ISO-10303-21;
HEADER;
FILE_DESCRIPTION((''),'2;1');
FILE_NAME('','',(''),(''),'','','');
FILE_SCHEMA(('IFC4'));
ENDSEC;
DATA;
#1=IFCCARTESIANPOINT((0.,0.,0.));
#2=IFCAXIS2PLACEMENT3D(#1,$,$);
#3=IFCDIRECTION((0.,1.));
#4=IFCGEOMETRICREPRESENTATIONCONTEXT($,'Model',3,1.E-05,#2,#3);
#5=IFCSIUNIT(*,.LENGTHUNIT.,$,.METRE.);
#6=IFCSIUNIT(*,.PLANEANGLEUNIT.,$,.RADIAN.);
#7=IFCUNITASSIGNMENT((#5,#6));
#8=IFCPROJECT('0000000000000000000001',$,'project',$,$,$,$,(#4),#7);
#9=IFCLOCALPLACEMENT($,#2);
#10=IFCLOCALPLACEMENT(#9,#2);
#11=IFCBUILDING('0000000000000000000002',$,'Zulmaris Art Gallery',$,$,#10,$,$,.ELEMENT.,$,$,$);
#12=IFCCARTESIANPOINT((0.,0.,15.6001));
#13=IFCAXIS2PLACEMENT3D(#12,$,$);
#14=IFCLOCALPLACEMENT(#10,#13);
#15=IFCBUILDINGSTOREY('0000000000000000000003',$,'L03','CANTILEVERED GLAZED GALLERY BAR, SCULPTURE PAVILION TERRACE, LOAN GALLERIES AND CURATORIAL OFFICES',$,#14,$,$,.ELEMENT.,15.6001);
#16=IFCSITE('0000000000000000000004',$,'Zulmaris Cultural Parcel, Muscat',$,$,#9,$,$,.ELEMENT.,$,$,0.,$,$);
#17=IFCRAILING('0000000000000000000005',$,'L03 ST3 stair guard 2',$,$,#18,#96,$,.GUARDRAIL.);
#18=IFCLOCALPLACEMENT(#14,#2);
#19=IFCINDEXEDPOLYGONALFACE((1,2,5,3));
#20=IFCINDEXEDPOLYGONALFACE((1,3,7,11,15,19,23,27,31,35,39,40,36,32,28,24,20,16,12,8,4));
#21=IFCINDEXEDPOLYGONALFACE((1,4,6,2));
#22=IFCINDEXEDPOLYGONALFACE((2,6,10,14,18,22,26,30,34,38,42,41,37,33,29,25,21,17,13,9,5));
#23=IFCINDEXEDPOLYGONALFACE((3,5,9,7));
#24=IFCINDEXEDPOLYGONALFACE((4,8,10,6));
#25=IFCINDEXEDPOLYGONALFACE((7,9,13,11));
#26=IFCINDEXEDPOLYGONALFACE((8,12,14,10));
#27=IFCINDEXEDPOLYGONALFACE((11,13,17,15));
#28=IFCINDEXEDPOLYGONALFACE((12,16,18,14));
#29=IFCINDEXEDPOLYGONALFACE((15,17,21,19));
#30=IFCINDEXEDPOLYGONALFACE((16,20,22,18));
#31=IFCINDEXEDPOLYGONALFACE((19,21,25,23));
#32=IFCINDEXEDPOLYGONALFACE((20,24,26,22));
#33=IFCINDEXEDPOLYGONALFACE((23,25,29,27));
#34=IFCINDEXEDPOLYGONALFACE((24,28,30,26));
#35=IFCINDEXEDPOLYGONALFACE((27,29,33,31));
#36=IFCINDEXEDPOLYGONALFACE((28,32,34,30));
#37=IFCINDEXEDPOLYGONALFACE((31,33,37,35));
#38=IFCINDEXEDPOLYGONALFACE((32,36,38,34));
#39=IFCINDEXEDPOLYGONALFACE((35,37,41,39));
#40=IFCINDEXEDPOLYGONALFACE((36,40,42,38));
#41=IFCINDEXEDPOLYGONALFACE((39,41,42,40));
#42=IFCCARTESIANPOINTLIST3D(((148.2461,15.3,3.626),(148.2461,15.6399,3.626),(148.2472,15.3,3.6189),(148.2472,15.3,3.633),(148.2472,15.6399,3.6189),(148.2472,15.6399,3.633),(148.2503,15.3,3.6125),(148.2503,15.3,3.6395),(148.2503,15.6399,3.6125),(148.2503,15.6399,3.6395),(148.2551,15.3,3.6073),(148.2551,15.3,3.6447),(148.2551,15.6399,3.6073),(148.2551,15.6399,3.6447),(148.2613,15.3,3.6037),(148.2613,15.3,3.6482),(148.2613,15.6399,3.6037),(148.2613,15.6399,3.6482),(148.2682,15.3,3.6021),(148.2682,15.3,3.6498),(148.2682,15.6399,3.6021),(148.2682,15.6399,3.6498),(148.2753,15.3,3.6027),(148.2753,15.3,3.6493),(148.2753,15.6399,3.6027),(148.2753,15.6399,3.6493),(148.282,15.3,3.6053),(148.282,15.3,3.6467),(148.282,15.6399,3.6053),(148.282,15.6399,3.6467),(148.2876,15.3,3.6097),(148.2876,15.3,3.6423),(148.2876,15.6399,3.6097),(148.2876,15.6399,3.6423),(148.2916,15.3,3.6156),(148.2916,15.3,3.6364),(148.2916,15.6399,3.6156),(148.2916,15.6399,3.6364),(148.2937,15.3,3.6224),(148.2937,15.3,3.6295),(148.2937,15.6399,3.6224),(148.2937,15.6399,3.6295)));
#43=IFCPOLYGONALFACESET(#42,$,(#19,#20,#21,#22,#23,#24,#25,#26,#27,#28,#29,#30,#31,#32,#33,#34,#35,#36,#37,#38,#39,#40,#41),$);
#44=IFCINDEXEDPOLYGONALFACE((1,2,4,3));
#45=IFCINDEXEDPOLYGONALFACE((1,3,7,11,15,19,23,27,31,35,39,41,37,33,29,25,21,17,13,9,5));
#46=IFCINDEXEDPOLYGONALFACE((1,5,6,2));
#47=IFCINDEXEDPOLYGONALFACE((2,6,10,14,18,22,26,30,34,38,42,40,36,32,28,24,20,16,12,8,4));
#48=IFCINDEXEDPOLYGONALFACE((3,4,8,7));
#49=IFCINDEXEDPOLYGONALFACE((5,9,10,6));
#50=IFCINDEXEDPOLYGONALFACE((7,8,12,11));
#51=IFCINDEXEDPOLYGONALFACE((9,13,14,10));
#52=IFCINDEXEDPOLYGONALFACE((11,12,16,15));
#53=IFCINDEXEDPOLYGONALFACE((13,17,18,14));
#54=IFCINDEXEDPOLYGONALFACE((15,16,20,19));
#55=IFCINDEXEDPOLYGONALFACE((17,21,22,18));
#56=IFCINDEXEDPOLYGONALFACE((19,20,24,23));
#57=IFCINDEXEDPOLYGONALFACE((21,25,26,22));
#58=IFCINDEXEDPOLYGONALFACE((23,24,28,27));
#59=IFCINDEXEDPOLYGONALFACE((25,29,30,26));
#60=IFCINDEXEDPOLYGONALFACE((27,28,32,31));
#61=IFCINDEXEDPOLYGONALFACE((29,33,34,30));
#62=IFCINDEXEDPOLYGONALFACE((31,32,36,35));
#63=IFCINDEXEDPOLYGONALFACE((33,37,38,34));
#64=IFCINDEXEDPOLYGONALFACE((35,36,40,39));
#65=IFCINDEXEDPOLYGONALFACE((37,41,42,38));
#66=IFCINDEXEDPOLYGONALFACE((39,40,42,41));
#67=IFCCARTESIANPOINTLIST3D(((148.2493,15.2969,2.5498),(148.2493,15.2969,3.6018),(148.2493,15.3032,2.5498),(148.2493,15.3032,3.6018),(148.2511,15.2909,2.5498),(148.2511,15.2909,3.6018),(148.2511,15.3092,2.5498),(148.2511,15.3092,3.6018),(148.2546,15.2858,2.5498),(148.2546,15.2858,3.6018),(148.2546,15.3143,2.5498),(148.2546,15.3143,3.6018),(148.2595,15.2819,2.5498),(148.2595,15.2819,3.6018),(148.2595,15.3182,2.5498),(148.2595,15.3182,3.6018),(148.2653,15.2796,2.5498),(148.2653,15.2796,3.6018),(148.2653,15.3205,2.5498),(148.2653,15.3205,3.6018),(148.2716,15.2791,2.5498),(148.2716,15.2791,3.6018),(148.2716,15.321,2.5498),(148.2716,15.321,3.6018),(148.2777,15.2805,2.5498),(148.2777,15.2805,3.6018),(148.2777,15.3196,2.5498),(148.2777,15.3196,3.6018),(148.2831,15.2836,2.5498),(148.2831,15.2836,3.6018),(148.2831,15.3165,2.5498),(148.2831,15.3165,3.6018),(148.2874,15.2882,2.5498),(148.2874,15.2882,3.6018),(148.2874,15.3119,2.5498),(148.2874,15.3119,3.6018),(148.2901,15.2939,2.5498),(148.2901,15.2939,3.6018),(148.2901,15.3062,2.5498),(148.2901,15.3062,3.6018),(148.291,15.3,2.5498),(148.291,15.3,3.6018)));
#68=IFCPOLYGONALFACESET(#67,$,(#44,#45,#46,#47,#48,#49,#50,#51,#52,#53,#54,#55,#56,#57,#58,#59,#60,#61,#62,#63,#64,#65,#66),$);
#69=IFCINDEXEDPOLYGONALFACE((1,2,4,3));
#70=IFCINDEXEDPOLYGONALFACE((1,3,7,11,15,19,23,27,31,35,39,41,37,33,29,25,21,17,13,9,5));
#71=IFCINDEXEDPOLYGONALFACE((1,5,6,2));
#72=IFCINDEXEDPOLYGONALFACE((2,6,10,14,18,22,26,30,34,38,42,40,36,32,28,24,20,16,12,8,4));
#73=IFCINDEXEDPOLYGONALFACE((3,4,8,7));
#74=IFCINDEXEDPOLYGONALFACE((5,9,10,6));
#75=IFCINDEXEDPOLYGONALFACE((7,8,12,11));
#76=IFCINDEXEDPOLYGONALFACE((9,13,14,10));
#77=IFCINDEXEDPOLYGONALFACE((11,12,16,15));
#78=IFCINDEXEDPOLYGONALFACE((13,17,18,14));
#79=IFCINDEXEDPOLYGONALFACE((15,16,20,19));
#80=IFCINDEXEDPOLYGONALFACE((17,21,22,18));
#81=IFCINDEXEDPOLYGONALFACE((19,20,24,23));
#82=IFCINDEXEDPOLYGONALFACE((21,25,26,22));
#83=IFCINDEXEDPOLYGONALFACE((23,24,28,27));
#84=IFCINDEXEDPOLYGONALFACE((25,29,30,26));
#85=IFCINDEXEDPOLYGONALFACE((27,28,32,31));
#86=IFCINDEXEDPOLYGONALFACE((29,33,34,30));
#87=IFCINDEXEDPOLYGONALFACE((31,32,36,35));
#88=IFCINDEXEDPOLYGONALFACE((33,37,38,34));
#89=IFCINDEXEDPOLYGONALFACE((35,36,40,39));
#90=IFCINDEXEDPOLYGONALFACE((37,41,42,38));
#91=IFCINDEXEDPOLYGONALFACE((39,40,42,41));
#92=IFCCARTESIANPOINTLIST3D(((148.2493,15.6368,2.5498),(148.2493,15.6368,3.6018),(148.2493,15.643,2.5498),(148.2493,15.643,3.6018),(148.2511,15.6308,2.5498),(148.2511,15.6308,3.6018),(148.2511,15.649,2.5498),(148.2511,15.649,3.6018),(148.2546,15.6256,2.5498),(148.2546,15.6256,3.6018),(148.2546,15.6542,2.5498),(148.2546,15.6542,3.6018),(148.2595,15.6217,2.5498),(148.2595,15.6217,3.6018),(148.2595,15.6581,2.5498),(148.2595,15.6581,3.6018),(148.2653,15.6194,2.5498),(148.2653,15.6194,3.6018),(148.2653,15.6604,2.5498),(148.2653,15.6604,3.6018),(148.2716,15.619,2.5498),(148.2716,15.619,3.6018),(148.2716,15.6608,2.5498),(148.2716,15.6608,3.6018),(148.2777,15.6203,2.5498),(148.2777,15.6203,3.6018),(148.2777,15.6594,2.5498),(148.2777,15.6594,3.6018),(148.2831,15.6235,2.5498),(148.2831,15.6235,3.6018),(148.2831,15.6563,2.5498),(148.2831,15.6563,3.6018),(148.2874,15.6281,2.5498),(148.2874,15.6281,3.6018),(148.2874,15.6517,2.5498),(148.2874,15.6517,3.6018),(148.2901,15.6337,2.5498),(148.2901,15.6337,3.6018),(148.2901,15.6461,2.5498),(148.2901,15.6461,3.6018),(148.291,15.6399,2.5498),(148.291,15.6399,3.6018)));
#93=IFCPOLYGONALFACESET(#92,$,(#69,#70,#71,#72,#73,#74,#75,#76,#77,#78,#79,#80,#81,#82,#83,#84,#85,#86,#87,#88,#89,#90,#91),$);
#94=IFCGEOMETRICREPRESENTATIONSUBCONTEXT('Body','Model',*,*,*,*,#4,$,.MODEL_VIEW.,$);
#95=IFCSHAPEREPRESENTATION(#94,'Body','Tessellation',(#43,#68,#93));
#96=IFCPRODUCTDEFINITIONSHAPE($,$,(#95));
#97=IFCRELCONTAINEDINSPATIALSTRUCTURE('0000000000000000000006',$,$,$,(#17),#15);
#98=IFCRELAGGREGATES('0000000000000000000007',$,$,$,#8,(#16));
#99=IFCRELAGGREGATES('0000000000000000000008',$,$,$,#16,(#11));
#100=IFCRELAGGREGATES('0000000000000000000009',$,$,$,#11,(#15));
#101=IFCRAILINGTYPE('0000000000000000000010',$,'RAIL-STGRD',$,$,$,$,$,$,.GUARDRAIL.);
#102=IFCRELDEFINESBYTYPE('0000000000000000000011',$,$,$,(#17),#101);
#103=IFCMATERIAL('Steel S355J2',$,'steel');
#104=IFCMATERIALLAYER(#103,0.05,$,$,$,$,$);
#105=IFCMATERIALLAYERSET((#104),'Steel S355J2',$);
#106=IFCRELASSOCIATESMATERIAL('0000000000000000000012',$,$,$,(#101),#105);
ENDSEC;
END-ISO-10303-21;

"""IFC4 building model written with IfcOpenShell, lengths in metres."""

from ifc_helpers import new_model, si_unit, direction, frame, origin, origin_2d, place, context, subcontext, project, spatial, circle, extrude, material, layer, layer_set, type_object, element, save


model = new_model("IFC4")

# Units and contexts
model_context = context("Model", 3, precision=1e-05, world=origin(), true_north=direction((0.0, 1.0)))
body_context = subcontext(model_context, "Body", "Model", "MODEL_VIEW")
ifc_project = project(units=[si_unit("LENGTHUNIT", "METRE"), si_unit("PLANEANGLEUNIT", "RADIAN")], contexts=[model_context])

# Site, building, storey
site_placement = place(None, origin())
site = spatial("IfcSite", under=ifc_project, at=site_placement, Name="Zulmaris Cultural Parcel, Muscat", CompositionType="ELEMENT", RefElevation=0.0)
building_placement = place(site_placement, origin())
building = spatial("IfcBuilding", under=site, at=building_placement, Name="Zulmaris Art Gallery", CompositionType="ELEMENT")
storey_placement = place(building_placement, frame((0.0, 0.0, 15.6001)))
storey = spatial("IfcBuildingStorey", under=building, at=storey_placement, Name="L03", Description="CANTILEVERED GLAZED GALLERY BAR, SCULPTURE PAVILION TERRACE, LOAN GALLERIES AND CURATORIAL OFFICES", CompositionType="ELEMENT", Elevation=15.6001)

# Shared definitions
ifc_material_1 = material(Name="Steel S355J2", Category="steel")

# Railing
ifc_layer_1 = layer(ifc_material_1, 0.05)
ifc_layer_set_1 = layer_set([ifc_layer_1], Name="Steel S355J2")
railing_type_1 = type_object("IfcRailingType", Name="RAIL-STGRD", PredefinedType="GUARDRAIL", material=ifc_layer_set_1)
railing_1_placement = place(storey_placement, frame((148.27, 15.3, 2.5498)))
element("IfcRailing", 1, at=railing_1_placement, inside=storey, type_object=railing_type_1, Name="L03 ST3 stair guard 2", PredefinedType="GUARDRAIL", context=body_context, shape_type="SweptSolid", body=[
    extrude(circle(Radius=0.0239, at=origin_2d()), frame((0.0, 0.0, 1.0762), z_axis=(0.0, 1.0, 0.0), x_axis=(-1.0, 0.0, 0.0)), (0.0, 0.0, 1.0), 0.3398),
    extrude(circle(Radius=0.021, at=origin_2d()), origin(), (0.0, 0.0, 1.0), 1.052),
    extrude(circle(Radius=0.021, at=origin_2d()), frame((0.0, 0.3398, 0.0)), (0.0, 0.0, 1.0), 1.052),
])

save(model, "model.ifc")
